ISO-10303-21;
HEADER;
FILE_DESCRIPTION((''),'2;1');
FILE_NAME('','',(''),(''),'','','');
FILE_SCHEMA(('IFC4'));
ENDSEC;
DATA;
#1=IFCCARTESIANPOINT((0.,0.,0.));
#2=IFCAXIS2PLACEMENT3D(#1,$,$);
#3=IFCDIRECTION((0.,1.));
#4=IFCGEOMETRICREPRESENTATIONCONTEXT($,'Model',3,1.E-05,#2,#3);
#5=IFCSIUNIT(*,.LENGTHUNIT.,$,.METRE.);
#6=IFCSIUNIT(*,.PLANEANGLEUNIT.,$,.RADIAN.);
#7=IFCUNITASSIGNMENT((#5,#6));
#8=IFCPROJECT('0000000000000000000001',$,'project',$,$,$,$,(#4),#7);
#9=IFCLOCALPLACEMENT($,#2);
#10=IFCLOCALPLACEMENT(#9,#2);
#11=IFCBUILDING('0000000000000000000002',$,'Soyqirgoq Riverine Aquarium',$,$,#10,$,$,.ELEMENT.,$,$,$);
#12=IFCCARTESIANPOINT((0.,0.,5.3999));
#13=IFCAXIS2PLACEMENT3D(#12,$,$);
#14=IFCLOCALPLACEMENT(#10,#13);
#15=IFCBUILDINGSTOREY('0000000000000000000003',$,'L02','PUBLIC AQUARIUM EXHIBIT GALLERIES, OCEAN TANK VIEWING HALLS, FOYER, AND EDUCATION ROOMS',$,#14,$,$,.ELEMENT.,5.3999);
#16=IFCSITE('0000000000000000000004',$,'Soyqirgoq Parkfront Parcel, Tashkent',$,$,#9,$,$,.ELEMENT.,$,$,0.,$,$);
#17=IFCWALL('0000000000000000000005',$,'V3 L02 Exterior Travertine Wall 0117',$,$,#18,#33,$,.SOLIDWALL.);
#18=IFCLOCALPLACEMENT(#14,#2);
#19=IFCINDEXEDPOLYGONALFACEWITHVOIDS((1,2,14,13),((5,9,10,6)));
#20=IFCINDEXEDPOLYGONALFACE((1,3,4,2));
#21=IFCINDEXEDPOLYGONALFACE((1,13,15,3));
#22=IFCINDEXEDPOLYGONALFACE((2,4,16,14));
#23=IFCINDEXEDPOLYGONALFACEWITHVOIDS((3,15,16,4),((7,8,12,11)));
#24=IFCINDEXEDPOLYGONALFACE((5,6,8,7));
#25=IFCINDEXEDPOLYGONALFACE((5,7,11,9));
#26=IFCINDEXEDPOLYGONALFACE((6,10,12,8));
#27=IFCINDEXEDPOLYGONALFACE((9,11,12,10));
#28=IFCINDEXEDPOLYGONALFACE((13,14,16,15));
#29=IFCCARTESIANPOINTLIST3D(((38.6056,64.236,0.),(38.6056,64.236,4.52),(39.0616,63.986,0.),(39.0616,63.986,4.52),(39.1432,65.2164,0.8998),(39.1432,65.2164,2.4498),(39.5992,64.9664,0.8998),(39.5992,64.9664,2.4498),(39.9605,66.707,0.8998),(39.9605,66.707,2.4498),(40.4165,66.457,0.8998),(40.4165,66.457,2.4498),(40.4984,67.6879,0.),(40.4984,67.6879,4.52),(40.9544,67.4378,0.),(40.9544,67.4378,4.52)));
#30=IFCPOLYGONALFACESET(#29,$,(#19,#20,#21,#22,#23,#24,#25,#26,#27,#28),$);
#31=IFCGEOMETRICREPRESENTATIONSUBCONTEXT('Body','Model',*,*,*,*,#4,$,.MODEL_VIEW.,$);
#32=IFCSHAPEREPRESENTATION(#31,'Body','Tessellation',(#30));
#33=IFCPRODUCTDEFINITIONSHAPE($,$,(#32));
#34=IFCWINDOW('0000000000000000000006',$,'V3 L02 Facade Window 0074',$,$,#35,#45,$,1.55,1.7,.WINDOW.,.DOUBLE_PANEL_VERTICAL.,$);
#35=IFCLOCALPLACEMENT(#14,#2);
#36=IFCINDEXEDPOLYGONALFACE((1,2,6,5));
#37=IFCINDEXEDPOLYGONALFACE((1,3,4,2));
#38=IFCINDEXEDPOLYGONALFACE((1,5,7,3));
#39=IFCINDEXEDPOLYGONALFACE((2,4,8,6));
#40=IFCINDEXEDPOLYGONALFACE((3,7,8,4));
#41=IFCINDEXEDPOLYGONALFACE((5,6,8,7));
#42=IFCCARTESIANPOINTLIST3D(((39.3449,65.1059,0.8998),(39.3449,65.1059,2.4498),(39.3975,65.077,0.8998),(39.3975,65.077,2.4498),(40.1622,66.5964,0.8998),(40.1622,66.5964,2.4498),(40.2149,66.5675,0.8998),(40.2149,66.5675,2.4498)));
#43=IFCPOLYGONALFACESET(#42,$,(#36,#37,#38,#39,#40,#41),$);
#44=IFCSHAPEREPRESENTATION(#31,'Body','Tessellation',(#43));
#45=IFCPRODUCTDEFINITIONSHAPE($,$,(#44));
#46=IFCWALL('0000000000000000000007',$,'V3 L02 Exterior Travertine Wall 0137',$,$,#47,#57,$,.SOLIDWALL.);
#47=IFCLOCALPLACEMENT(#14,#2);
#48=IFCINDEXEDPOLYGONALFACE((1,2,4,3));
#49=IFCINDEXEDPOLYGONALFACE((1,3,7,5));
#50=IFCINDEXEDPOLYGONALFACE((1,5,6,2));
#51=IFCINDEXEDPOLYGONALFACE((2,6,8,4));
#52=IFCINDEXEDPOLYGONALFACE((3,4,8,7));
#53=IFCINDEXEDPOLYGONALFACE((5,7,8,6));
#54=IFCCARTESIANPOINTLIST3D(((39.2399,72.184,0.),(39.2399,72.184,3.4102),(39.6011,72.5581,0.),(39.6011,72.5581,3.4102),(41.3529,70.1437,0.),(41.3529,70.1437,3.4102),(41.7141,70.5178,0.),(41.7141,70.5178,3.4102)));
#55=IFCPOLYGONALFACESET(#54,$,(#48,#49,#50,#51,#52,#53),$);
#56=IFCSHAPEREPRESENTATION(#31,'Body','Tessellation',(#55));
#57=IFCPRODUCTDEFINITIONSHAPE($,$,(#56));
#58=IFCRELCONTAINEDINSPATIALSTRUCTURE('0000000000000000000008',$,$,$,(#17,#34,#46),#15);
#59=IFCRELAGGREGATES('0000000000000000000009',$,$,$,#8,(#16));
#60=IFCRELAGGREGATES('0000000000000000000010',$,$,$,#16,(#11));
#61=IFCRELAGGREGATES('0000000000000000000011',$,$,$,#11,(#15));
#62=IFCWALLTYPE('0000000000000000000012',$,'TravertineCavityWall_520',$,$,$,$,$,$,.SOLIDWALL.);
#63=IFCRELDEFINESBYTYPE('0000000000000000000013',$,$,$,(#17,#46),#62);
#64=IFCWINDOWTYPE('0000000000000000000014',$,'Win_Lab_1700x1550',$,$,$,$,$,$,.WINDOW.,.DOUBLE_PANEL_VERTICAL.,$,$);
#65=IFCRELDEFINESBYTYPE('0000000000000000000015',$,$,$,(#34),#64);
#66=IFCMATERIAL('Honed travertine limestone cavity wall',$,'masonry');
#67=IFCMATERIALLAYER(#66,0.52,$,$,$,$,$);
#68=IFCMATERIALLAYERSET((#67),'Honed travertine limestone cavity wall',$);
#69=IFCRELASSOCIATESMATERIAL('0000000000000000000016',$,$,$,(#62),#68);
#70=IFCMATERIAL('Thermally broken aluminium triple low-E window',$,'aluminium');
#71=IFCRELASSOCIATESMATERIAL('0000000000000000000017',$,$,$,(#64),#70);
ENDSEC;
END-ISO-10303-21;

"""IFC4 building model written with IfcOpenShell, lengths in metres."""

from ifc_helpers import new_model, si_unit, direction, frame, frame_2d, origin, place, context, subcontext, project, spatial, rectangle, extrude, material, layer, layer_set, type_object, element, fill, save


model = new_model("IFC4")

# Units and contexts
model_context = context("Model", 3, precision=1e-05, world=origin(), true_north=direction((0.0, 1.0)))
body_context = subcontext(model_context, "Body", "Model", "MODEL_VIEW")
ifc_project = project(units=[si_unit("LENGTHUNIT", "METRE"), si_unit("PLANEANGLEUNIT", "RADIAN")], contexts=[model_context])

# Site, building, storey
site_placement = place(None, origin())
site = spatial("IfcSite", under=ifc_project, at=site_placement, Name="Soyqirgoq Parkfront Parcel, Tashkent", CompositionType="ELEMENT", RefElevation=0.0)
building_placement = place(site_placement, origin())
building = spatial("IfcBuilding", under=site, at=building_placement, Name="Soyqirgoq Riverine Aquarium", CompositionType="ELEMENT")
storey_placement = place(building_placement, frame((0.0, 0.0, 5.3999)))
storey = spatial("IfcBuildingStorey", under=building, at=storey_placement, Name="L02", Description="PUBLIC AQUARIUM EXHIBIT GALLERIES, OCEAN TANK VIEWING HALLS, FOYER, AND EDUCATION ROOMS", CompositionType="ELEMENT", Elevation=5.3999)

# Wall, opening, window
ifc_material_1 = material(Name="Honed travertine limestone cavity wall", Category="masonry")
ifc_layer_1 = layer(ifc_material_1, 0.52)
ifc_layer_set_1 = layer_set([ifc_layer_1], Name="Honed travertine limestone cavity wall")
wall_type_1 = type_object("IfcWallType", Name="TravertineCavityWall_520", PredefinedType="SOLIDWALL", material=ifc_layer_set_1)
wall_1_placement = place(storey_placement, frame((40.7263, 67.5627, 0.0), z_axis=(0.0, 0.0, 1.0), x_axis=(-0.480802, -0.876829, 0.0)))
wall_1 = element("IfcWall", 1, at=wall_1_placement, inside=storey, type_object=wall_type_1, Name="V3 L02 Exterior Travertine Wall 0117", PredefinedType="SOLIDWALL", context=body_context, shape_type="SweptSolid", body=[
    extrude(rectangle(XDim=3.9368, YDim=0.52, at=frame_2d((1.9683, 0.0))), origin(), (0.0, 0.0, 1.0), 4.52),
])
opening_1_placement = place(wall_1_placement, frame((1.1184, 0.0, 0.8999)))
opening_1 = element("IfcOpeningElement", 2, at=opening_1_placement, cuts=wall_1, PredefinedType="OPENING", context=body_context, shape_type="SweptSolid", body=[
    extrude(rectangle(XDim=1.7, YDim=1.55, at=frame_2d((0.8501, 0.7749))), frame((0.0, 0.27, 0.0), z_axis=(0.0, -1.0, 0.0), x_axis=(1.0, 0.0, 0.0)), (0.0, 0.0, 1.0), 0.54),
])
ifc_material_2 = material(Name="Thermally broken aluminium triple low-E window", Category="aluminium")
window_type = type_object("IfcWindowType", Name="Win_Lab_1700x1550", PartitioningType="DOUBLE_PANEL_VERTICAL", PredefinedType="WINDOW", material=ifc_material_2)
window_placement = place(opening_1_placement, origin())
window = element("IfcWindow", 3, at=window_placement, inside=storey, type_object=window_type, Name="V3 L02 Facade Window 0074", OverallHeight=1.55, OverallWidth=1.7, PartitioningType="DOUBLE_PANEL_VERTICAL", PredefinedType="WINDOW", context=body_context, shape_type="SweptSolid", body=[
    extrude(rectangle(XDim=1.7, YDim=1.55, at=frame_2d((0.8501, 0.7749))), frame((0.0, 0.03, 0.0), z_axis=(0.0, -1.0, 0.0), x_axis=(1.0, 0.0, 0.0)), (0.0, 0.0, 1.0), 0.0601),
])
fill(opening_1, window)

# Wall
wall_2_placement = place(storey_placement, frame((39.4204, 72.3711, 0.0), z_axis=(0.0, 0.0, 1.0), x_axis=(0.719383, -0.694614, 0.0)))
element("IfcWall", 4, at=wall_2_placement, inside=storey, type_object=wall_type_1, Name="V3 L02 Exterior Travertine Wall 0137", PredefinedType="SOLIDWALL", context=body_context, shape_type="SweptSolid", body=[
    extrude(rectangle(XDim=2.9373, YDim=0.52, at=frame_2d((1.4688, 0.0))), origin(), (0.0, 0.0, 1.0), 3.4102),
])

save(model, "model.ifc")
